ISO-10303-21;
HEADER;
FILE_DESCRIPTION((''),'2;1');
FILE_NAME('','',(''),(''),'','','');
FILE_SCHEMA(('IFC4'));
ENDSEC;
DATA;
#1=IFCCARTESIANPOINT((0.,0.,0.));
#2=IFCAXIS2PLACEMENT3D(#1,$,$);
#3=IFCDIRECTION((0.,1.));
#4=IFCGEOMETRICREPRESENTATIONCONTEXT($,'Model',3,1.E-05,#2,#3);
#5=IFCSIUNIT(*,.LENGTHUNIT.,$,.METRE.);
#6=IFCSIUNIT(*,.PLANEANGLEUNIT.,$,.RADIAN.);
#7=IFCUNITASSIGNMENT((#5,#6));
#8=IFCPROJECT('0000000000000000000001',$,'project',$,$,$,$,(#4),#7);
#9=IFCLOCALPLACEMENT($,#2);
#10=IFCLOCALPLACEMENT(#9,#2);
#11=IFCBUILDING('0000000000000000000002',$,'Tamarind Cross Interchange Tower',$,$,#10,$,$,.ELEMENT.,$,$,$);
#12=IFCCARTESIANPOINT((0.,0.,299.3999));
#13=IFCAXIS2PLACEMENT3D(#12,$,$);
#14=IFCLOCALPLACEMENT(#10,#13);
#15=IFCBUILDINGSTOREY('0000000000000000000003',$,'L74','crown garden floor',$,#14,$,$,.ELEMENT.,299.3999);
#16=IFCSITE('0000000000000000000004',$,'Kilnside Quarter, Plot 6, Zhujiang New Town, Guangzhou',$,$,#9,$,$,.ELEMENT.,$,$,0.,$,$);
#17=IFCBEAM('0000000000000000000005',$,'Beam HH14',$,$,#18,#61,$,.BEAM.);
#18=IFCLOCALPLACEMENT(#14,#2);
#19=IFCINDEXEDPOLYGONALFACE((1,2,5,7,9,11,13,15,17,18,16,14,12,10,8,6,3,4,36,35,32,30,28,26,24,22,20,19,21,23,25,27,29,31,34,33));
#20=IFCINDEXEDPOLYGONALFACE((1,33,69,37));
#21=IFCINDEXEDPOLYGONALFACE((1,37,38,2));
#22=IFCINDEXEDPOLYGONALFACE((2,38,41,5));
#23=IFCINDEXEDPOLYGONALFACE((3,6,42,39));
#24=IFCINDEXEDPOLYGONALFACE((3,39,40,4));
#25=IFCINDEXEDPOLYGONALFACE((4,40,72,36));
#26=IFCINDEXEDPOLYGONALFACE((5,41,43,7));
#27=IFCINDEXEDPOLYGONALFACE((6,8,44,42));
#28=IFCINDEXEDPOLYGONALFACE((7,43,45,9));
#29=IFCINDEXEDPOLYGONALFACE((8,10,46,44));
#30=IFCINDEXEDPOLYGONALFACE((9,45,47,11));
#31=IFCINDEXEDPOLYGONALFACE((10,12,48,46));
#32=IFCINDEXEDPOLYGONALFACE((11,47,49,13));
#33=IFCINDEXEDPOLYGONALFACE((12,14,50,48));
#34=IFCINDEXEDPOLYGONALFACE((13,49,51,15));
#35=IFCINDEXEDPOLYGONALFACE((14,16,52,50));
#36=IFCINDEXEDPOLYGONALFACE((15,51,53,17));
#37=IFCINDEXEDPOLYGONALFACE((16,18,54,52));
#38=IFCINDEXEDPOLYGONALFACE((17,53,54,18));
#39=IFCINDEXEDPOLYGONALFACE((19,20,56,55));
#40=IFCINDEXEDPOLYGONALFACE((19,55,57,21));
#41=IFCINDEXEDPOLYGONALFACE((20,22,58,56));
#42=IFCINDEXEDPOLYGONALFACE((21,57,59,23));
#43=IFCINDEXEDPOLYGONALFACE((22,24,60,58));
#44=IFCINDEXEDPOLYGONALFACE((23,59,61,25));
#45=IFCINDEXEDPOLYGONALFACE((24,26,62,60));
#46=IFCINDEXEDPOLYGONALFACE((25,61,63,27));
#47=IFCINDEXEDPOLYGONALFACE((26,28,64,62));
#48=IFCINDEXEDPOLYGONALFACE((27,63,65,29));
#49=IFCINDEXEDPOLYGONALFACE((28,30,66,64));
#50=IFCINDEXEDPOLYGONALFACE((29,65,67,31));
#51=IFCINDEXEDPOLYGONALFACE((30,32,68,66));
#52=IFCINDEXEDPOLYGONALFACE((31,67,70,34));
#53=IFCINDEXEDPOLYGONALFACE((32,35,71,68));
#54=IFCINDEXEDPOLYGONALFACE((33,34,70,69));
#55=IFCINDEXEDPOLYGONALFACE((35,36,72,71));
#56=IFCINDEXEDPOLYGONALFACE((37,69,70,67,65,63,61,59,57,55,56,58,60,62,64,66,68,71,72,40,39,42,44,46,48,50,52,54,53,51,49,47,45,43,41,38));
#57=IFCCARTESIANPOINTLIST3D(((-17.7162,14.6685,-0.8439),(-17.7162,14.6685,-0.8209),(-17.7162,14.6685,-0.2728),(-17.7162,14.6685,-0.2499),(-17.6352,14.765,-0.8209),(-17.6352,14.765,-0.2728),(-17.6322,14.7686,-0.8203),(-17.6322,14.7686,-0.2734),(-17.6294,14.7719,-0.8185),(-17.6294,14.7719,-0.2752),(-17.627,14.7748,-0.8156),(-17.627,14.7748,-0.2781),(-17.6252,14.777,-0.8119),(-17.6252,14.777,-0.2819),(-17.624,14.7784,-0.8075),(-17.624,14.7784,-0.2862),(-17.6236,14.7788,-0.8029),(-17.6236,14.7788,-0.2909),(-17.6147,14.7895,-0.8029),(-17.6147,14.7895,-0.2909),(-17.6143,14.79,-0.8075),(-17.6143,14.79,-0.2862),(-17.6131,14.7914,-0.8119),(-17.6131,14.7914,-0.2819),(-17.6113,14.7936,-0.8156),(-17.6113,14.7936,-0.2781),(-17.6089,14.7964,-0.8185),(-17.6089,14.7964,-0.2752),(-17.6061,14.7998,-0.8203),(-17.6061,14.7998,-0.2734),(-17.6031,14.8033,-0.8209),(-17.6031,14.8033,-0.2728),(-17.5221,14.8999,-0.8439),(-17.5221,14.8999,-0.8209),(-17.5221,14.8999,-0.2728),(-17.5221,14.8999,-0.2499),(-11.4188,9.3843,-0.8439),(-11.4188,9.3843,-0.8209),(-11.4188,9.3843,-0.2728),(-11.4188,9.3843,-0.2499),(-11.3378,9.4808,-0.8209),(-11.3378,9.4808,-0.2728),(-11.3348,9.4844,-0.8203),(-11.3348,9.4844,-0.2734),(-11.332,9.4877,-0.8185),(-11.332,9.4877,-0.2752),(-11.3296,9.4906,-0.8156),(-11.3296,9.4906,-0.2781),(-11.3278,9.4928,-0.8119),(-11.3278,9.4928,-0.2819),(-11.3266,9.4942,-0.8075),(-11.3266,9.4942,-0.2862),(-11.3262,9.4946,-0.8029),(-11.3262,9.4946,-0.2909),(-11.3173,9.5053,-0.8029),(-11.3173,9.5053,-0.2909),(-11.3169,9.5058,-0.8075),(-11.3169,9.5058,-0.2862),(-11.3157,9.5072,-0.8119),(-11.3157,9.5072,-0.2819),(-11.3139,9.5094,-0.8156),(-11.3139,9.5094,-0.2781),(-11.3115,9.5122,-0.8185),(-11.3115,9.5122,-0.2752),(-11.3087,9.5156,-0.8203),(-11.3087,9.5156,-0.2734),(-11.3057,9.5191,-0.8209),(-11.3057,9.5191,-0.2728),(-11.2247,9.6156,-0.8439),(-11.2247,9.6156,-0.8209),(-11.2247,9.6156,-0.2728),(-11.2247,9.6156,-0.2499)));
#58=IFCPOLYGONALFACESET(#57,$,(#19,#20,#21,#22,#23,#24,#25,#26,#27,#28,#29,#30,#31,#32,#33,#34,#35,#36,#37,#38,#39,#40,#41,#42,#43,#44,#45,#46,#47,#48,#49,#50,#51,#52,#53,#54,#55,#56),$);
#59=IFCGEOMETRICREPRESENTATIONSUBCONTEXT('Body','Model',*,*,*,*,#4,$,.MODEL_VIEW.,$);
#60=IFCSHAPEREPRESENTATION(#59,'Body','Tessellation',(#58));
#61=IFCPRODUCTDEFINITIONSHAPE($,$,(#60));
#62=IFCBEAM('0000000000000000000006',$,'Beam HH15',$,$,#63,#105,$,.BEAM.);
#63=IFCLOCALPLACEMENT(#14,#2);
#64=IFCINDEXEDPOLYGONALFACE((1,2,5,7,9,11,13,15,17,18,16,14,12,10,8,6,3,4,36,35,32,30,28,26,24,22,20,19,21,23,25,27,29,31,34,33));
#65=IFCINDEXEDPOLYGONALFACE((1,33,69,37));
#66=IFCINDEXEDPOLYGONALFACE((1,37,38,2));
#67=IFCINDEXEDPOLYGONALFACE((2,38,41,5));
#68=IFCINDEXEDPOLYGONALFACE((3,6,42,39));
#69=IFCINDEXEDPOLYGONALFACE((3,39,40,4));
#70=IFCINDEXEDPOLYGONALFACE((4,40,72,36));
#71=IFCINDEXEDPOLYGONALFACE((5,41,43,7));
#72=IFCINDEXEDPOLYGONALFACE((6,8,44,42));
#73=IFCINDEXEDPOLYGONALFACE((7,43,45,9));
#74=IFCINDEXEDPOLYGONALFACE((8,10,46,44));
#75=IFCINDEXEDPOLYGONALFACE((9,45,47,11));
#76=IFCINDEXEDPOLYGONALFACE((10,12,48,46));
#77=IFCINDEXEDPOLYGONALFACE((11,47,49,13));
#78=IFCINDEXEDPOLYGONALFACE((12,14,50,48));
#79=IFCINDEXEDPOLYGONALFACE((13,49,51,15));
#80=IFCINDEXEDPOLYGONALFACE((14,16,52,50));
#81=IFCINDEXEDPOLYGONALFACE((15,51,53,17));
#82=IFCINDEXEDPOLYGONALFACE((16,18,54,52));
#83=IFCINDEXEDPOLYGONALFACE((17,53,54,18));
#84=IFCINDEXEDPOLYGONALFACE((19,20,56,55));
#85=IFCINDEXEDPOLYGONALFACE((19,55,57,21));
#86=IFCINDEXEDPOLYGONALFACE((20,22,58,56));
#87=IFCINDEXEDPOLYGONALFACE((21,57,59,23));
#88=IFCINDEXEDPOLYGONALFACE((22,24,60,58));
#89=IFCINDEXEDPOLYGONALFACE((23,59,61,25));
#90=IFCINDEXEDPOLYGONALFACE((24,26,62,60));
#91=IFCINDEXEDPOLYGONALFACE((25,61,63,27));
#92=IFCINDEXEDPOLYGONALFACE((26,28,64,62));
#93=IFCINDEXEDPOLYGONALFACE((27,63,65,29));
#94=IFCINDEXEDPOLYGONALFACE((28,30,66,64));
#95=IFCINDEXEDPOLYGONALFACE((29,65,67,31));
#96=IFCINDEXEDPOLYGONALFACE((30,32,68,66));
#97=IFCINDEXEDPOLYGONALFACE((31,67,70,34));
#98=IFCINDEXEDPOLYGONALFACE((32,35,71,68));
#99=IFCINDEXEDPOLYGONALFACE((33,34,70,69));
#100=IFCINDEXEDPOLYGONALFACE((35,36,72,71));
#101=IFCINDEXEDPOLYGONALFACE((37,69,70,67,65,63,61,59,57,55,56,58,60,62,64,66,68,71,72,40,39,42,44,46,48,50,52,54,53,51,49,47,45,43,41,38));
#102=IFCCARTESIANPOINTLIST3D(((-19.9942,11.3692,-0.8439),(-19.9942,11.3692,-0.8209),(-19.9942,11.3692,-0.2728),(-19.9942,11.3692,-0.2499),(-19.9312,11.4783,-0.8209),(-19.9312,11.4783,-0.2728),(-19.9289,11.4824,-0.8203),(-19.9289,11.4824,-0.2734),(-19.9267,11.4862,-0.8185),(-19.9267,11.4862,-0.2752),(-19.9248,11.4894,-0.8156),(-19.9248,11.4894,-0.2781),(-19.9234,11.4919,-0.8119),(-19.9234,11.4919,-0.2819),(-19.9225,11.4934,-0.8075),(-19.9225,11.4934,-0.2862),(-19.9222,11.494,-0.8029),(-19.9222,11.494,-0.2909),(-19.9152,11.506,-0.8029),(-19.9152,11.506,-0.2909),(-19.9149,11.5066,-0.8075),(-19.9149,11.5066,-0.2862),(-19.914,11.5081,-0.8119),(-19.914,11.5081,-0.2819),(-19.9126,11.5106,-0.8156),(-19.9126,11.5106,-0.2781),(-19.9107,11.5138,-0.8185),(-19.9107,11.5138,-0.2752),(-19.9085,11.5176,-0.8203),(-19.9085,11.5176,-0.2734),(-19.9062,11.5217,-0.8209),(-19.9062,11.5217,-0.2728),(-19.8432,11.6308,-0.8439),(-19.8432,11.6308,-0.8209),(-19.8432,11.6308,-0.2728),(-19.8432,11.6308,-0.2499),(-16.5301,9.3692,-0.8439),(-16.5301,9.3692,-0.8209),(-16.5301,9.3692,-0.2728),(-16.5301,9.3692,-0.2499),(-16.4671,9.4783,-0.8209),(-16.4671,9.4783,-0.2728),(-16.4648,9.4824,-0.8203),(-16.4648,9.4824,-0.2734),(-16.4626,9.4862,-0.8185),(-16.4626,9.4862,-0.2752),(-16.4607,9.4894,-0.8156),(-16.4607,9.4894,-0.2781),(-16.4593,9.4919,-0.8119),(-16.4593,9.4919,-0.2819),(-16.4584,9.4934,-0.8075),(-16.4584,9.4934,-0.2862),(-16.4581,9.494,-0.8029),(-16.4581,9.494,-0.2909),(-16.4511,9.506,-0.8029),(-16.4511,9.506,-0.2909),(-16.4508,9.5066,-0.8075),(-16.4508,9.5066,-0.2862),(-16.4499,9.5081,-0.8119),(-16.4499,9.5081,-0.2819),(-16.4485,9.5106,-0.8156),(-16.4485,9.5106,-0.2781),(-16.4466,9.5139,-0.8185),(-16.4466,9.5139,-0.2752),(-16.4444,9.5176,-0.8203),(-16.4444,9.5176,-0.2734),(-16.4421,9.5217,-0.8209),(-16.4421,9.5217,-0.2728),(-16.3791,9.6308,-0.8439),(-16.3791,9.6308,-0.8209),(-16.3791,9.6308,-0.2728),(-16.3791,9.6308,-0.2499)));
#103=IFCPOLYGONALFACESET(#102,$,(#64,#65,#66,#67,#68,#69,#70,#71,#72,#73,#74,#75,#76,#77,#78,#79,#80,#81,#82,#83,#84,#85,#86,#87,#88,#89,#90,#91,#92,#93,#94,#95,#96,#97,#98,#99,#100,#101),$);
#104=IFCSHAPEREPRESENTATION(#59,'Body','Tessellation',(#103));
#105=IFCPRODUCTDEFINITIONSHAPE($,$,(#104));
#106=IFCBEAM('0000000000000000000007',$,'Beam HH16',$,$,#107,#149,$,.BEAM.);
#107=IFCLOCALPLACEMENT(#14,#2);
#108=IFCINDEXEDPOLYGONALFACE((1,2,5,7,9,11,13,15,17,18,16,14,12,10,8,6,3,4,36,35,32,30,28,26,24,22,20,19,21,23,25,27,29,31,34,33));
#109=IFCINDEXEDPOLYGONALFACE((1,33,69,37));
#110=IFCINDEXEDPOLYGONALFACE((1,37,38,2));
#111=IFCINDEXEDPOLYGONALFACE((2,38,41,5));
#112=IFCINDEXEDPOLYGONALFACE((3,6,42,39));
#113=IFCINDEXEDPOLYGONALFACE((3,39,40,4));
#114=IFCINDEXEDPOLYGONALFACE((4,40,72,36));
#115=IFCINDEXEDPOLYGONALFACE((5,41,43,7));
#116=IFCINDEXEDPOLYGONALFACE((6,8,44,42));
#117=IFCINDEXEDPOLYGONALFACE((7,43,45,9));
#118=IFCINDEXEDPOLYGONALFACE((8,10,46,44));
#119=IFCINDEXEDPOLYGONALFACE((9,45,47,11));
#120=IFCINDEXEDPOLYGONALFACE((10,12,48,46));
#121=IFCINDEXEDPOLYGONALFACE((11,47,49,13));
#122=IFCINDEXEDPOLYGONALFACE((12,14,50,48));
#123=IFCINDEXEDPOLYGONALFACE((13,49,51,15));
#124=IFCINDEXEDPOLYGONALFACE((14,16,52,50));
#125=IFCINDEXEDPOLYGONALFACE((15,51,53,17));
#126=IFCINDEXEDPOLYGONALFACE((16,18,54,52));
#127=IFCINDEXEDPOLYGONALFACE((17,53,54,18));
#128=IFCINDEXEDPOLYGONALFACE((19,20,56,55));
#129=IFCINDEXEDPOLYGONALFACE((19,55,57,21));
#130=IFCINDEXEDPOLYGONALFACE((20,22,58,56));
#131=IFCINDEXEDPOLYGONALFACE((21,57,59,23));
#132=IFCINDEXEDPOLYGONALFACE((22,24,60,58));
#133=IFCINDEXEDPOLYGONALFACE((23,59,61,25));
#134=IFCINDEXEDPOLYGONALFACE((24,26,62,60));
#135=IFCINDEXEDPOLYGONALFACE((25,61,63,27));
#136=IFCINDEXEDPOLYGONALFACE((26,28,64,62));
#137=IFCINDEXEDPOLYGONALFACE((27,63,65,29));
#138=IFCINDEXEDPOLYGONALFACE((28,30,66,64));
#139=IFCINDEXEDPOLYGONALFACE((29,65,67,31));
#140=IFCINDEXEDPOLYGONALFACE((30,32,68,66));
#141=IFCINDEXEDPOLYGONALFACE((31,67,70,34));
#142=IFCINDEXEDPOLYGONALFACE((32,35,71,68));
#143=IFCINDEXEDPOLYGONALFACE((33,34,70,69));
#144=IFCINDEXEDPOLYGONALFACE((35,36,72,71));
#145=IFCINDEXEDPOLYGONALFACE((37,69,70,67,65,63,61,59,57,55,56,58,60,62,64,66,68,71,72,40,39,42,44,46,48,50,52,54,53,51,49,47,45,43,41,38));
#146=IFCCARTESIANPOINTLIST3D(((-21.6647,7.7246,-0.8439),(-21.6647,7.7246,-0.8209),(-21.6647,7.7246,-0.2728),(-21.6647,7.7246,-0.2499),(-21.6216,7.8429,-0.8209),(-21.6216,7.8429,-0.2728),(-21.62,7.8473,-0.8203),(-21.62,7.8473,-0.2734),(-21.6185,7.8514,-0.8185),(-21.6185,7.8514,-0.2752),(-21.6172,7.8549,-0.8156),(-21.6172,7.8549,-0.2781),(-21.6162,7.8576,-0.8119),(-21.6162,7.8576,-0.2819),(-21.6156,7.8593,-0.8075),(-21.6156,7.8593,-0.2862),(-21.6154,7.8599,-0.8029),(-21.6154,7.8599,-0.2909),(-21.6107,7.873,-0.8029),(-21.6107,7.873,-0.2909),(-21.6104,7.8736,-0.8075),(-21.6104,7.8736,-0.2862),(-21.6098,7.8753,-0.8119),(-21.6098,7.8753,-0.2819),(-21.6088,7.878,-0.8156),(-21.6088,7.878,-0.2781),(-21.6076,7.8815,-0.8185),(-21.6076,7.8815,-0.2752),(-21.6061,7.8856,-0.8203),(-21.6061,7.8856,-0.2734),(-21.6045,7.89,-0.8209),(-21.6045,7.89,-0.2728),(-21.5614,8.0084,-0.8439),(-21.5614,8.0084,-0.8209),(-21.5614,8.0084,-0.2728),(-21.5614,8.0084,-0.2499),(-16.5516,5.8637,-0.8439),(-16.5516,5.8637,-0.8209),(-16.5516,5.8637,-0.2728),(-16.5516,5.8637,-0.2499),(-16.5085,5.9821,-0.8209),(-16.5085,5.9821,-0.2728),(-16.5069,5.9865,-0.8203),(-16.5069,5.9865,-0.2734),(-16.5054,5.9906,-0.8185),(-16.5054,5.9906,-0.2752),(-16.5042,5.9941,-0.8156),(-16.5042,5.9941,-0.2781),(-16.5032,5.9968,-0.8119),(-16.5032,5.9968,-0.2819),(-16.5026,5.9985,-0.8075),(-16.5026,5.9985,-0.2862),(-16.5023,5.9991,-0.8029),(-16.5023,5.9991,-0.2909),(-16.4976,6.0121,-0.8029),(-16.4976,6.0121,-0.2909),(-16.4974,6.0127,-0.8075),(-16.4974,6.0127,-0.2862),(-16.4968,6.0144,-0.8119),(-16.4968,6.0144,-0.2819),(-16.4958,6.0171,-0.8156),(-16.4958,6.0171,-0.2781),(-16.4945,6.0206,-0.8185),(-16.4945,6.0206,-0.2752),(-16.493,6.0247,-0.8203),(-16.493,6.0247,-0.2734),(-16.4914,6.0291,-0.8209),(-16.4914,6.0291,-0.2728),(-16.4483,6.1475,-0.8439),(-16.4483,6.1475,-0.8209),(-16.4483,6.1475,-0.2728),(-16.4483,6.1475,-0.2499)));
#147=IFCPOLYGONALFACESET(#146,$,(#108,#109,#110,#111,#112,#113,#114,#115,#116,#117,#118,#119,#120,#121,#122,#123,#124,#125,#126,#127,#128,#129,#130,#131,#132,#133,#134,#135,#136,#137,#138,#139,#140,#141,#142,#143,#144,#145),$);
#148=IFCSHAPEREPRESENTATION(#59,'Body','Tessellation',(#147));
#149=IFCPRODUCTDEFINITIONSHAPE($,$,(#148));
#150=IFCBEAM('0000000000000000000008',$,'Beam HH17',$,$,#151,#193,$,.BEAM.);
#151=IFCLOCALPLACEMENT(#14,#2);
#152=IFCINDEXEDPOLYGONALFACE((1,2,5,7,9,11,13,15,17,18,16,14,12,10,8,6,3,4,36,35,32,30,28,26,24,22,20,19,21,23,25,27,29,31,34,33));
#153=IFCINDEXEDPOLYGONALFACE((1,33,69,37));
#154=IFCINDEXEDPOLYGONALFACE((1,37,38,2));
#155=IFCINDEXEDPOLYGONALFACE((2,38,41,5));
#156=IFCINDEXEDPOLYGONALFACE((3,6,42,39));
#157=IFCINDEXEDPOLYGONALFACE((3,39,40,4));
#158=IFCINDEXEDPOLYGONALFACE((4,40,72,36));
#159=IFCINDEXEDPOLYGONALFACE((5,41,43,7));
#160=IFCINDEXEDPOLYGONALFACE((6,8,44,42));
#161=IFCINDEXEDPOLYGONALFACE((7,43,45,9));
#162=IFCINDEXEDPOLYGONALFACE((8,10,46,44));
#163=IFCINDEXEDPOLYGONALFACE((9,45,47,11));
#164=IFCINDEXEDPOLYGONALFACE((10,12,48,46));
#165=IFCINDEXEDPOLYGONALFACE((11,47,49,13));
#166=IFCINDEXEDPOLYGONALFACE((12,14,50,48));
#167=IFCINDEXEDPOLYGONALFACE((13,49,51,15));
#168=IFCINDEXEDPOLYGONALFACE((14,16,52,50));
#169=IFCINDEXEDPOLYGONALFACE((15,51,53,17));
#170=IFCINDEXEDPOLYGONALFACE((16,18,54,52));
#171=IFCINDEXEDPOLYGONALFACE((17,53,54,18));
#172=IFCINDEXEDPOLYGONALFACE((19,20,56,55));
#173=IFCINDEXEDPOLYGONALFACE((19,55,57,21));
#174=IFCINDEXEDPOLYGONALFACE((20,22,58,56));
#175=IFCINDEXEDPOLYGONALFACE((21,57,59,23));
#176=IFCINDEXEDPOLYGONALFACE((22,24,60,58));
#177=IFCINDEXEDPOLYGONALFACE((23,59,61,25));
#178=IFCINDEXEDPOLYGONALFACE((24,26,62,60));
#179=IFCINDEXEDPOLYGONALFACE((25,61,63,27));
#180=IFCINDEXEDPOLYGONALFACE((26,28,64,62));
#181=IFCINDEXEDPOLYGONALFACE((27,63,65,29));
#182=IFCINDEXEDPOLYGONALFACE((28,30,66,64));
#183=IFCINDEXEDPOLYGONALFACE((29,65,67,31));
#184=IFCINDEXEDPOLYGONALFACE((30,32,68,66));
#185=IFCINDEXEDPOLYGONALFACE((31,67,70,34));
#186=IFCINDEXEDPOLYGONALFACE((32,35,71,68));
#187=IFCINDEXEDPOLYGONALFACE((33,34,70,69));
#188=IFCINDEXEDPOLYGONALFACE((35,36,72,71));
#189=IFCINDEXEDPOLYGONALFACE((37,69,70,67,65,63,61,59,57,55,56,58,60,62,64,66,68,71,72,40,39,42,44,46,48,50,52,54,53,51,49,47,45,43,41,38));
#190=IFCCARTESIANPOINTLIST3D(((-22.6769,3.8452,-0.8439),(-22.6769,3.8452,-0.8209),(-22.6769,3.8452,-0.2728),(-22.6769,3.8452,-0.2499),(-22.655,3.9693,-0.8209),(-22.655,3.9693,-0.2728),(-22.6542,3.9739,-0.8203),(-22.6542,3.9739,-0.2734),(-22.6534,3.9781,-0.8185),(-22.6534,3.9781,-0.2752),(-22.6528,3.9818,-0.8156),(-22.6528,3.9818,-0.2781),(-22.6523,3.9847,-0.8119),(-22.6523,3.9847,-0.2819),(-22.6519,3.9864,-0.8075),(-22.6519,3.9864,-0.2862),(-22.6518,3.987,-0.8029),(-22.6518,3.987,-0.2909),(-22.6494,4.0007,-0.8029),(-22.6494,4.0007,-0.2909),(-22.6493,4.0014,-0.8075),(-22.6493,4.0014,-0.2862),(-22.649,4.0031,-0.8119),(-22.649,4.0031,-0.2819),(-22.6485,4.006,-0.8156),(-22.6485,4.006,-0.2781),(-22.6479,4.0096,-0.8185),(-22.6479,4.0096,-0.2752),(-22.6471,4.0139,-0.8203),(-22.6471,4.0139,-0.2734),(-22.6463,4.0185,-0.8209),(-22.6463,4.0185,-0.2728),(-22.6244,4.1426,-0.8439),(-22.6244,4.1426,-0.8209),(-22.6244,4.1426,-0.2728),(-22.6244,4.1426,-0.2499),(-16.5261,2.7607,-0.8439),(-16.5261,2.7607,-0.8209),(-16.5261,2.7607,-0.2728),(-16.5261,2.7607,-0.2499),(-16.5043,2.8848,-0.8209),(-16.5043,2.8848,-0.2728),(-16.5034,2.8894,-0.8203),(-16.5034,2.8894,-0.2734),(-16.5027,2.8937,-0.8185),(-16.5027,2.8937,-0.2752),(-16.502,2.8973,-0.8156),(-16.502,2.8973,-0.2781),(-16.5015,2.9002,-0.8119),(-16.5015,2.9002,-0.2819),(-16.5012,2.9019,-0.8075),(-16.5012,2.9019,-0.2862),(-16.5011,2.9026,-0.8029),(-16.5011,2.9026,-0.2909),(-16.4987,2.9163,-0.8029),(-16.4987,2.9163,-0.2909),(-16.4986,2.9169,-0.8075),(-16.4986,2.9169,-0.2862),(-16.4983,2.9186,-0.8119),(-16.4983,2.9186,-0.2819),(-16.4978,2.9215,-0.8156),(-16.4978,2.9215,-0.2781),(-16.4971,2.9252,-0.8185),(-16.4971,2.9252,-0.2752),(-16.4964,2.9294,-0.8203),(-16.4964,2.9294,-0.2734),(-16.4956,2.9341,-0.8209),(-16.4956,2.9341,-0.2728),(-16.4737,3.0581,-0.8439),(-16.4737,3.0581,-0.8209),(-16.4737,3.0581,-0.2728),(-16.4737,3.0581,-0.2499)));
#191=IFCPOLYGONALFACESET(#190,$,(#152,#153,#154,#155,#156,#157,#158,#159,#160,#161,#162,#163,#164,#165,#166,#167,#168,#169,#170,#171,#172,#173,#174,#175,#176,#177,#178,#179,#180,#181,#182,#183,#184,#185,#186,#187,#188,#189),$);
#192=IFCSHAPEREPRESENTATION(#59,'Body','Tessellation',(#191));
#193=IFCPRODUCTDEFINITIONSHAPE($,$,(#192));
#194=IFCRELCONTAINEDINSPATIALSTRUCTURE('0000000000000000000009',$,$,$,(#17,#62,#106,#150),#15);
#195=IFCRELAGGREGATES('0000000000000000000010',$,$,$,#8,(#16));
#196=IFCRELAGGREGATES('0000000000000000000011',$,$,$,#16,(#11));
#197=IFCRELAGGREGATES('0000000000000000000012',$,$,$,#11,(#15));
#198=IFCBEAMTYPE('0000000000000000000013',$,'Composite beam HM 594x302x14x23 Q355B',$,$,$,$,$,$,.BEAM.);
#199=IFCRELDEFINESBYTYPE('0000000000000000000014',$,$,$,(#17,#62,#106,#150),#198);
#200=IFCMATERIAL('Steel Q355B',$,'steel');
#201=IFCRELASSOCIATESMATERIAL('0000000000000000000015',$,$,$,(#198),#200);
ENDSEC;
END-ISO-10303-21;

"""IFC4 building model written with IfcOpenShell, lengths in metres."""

from ifc_helpers import new_model, si_unit, direction, frame, origin, origin_2d, place, context, subcontext, project, spatial, i_section, extrude, material, material_profile, profile_set, type_object, element, save


model = new_model("IFC4")

# Units and contexts
model_context = context("Model", 3, precision=1e-05, world=origin(), true_north=direction((0.0, 1.0)))
body_context = subcontext(model_context, "Body", "Model", "MODEL_VIEW")
ifc_project = project(units=[si_unit("LENGTHUNIT", "METRE"), si_unit("PLANEANGLEUNIT", "RADIAN")], contexts=[model_context])

# Site, building, storey
site_placement = place(None, origin())
site = spatial("IfcSite", under=ifc_project, at=site_placement, Name="Kilnside Quarter, Plot 6, Zhujiang New Town, Guangzhou", CompositionType="ELEMENT", RefElevation=0.0)
building_placement = place(site_placement, origin())
building = spatial("IfcBuilding", under=site, at=building_placement, Name="Tamarind Cross Interchange Tower", CompositionType="ELEMENT")
storey_placement = place(building_placement, frame((0.0, 0.0, 299.3999)))
storey = spatial("IfcBuildingStorey", under=building, at=storey_placement, Name="L74", Description="crown garden floor", CompositionType="ELEMENT", Elevation=299.3999)

# Beams
ifc_material_1 = material(Name="Steel Q355B", Category="steel")
ifc_material_profile_1 = material_profile(ifc_material_1, i_section(OverallWidth=0.302, OverallDepth=0.594, WebThickness=0.0139, FlangeThickness=0.0229, FilletRadius=0.0181, at=origin_2d()), Name="HM 594x302x14x23")
ifc_profile_set_1 = profile_set([ifc_material_profile_1], Name="Steel Q355B")
beam_type = type_object("IfcBeamType", Name="Composite beam HM 594x302x14x23 Q355B", PredefinedType="BEAM", material=ifc_profile_set_1)
beam_1_placement = place(storey_placement, frame((-17.6191, 14.7842, -0.5469), z_axis=(0.766041, -0.642792, 0.0), x_axis=(0.642792, 0.766041, 0.0)))
element("IfcBeam", 1, at=beam_1_placement, inside=storey, type_object=beam_type, Name="Beam HH14", PredefinedType="BEAM", context=body_context, shape_type="SweptSolid", body=[
    extrude(i_section(OverallWidth=0.302, OverallDepth=0.594, WebThickness=0.0139, FlangeThickness=0.0229, FilletRadius=0.0181, at=origin_2d()), origin(), (0.0, 0.0, 1.0), 8.2207),
])
beam_2_placement = place(storey_placement, frame((-19.9187, 11.5, -0.5469), z_axis=(0.866026, -0.499999, 0.0), x_axis=(0.499999, 0.866026, 0.0)))
element("IfcBeam", 2, at=beam_2_placement, inside=storey, type_object=beam_type, Name="Beam HH15", PredefinedType="BEAM", context=body_context, shape_type="SweptSolid", body=[
    extrude(i_section(OverallWidth=0.302, OverallDepth=0.594, WebThickness=0.0139, FlangeThickness=0.0229, FilletRadius=0.0181, at=origin_2d()), origin(), (0.0, 0.0, 1.0), 4.0),
])
beam_3_placement = place(storey_placement, frame((-21.613, 7.8665, -0.5469), z_axis=(0.939702, -0.341995, 0.0), x_axis=(0.341995, 0.939702, 0.0)))
element("IfcBeam", 3, at=beam_3_placement, inside=storey, type_object=beam_type, Name="Beam HH16", PredefinedType="BEAM", context=body_context, shape_type="SweptSolid", body=[
    extrude(i_section(OverallWidth=0.302, OverallDepth=0.594, WebThickness=0.0139, FlangeThickness=0.0229, FilletRadius=0.0181, at=origin_2d()), origin(), (0.0, 0.0, 1.0), 5.4412),
])
beam_4_placement = place(storey_placement, frame((-22.6506, 3.9939, -0.5469), z_axis=(0.984809, -0.17364, 0.0), x_axis=(0.17364, 0.984809, 0.0)))
element("IfcBeam", 4, at=beam_4_placement, inside=storey, type_object=beam_type, Name="Beam HH17", PredefinedType="BEAM", context=body_context, shape_type="SweptSolid", body=[
    extrude(i_section(OverallWidth=0.302, OverallDepth=0.594, WebThickness=0.0139, FlangeThickness=0.0229, FilletRadius=0.0181, at=origin_2d()), origin(), (0.0, 0.0, 1.0), 6.2456),
])

save(model, "model.ifc")
